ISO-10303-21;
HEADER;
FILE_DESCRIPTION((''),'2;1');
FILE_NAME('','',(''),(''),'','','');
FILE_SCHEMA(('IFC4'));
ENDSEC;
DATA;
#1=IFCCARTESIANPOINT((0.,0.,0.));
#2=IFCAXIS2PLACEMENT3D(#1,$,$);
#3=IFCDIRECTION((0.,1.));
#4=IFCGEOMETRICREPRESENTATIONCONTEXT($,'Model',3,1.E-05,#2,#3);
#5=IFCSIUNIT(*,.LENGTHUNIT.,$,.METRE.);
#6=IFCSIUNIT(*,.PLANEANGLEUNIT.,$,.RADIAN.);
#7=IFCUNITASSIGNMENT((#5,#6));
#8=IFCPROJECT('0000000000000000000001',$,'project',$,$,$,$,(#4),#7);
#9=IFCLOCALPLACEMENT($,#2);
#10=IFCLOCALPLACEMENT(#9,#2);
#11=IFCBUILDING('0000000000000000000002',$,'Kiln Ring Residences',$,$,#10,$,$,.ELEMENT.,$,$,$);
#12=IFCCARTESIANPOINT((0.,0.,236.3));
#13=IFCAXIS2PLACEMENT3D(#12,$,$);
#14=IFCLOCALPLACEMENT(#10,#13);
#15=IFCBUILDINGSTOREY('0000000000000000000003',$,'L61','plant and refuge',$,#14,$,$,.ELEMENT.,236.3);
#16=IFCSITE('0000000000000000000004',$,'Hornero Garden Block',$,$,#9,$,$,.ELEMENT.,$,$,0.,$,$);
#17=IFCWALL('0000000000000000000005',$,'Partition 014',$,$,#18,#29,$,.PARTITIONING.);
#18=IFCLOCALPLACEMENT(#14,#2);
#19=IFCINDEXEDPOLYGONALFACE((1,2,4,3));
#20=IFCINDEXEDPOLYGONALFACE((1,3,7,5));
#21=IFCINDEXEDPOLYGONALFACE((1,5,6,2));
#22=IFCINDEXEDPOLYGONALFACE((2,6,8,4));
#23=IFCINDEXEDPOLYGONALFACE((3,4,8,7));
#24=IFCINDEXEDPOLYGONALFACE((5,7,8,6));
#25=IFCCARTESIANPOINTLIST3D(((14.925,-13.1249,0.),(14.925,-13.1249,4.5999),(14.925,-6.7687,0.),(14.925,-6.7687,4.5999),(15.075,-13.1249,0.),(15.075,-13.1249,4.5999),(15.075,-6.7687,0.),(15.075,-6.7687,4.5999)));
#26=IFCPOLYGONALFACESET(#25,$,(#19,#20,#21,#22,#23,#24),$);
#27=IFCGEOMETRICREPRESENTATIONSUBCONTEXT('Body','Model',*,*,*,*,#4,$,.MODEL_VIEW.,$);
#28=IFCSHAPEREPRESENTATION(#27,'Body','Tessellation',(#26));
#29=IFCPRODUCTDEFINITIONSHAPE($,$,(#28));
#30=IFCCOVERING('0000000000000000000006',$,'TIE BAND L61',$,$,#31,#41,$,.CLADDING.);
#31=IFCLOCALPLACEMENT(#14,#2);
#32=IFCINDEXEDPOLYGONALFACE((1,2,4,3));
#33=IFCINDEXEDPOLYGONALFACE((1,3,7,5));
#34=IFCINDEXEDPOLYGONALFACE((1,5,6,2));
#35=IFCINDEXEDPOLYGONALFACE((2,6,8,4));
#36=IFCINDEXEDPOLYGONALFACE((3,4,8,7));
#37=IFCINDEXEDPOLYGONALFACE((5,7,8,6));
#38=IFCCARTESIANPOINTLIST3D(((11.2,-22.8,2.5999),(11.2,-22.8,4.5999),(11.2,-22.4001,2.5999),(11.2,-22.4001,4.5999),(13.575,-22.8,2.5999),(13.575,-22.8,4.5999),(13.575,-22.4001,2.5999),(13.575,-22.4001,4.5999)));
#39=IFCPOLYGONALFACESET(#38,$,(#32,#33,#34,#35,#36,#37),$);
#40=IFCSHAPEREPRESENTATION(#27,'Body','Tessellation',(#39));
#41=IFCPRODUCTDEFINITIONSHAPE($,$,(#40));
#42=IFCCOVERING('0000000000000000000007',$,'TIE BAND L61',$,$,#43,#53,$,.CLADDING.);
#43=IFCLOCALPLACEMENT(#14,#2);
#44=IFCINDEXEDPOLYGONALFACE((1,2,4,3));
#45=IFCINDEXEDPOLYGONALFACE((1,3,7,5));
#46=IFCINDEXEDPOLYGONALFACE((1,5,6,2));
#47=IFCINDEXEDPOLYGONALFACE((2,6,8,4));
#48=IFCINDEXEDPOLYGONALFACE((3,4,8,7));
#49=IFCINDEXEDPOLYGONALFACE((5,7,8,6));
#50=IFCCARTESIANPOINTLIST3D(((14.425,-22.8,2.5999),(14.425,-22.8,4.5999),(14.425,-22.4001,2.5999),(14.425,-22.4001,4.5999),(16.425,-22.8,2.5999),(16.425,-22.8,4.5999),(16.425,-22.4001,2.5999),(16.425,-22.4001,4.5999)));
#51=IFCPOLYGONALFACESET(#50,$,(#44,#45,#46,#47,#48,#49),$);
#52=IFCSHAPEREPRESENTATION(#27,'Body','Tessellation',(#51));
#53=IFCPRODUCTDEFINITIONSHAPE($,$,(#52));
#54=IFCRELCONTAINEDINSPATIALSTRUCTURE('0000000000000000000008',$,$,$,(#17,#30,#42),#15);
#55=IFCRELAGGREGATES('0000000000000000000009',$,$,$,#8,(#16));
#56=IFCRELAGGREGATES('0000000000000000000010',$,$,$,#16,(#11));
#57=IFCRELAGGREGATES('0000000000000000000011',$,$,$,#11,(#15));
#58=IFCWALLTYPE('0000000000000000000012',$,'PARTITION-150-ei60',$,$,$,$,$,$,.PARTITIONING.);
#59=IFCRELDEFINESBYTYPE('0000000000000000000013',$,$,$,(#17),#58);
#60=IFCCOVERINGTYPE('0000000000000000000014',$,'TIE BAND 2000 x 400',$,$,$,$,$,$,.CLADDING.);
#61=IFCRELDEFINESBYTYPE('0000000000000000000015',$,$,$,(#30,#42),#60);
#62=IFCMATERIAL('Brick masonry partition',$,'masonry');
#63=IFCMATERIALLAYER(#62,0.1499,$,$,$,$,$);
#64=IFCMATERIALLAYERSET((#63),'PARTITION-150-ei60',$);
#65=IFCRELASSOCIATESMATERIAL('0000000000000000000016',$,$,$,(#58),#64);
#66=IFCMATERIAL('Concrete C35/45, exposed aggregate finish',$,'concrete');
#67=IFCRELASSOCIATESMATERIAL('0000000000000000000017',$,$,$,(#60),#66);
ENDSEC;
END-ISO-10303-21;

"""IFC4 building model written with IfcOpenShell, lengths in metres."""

from ifc_helpers import new_model, si_unit, direction, frame, frame_2d, origin, origin_2d, place, context, subcontext, project, spatial, rectangle, extrude, material, layer, layer_set, type_object, element, save


model = new_model("IFC4")

# Units and contexts
model_context = context("Model", 3, precision=1e-05, world=origin(), true_north=direction((0.0, 1.0)))
body_context = subcontext(model_context, "Body", "Model", "MODEL_VIEW")
ifc_project = project(units=[si_unit("LENGTHUNIT", "METRE"), si_unit("PLANEANGLEUNIT", "RADIAN")], contexts=[model_context])

# Site, building, storey
site_placement = place(None, origin())
site = spatial("IfcSite", under=ifc_project, at=site_placement, Name="Hornero Garden Block", CompositionType="ELEMENT", RefElevation=0.0)
building_placement = place(site_placement, origin())
building = spatial("IfcBuilding", under=site, at=building_placement, Name="Kiln Ring Residences", CompositionType="ELEMENT")
storey_placement = place(building_placement, frame((0.0, 0.0, 236.3)))
storey = spatial("IfcBuildingStorey", under=building, at=storey_placement, Name="L61", Description="plant and refuge", CompositionType="ELEMENT", Elevation=236.3)

# Shared definitions
ifc_material_1 = material(Name="Brick masonry partition", Category="masonry")
ifc_layer_1 = layer(ifc_material_1, 0.1499)
ifc_layer_set_1 = layer_set([ifc_layer_1], Name="PARTITION-150-ei60")
wall_type_1 = type_object("IfcWallType", Name="PARTITION-150-ei60", PredefinedType="PARTITIONING", material=ifc_layer_set_1)

# Wall
wall_1_placement = place(storey_placement, frame((15.0, -13.125, 0.0), z_axis=(0.0, 0.0, 1.0), x_axis=(0.0, 1.0, 0.0)))
element("IfcWall", 1, at=wall_1_placement, inside=storey, type_object=wall_type_1, Name="Partition 014", PredefinedType="PARTITIONING", context=body_context, shape_type="SweptSolid", body=[
    extrude(rectangle(XDim=6.3562, YDim=0.1499, at=frame_2d((3.1782, 0.0))), origin(), (0.0, 0.0, 1.0), 4.5999),
])

# Coverings
ifc_material_2 = material(Name="Concrete C35/45, exposed aggregate finish", Category="concrete")
covering_type = type_object("IfcCoveringType", Name="TIE BAND 2000 x 400", PredefinedType="CLADDING", material=ifc_material_2)
covering_1_placement = place(storey_placement, frame((12.3875, -22.6001, 2.5999), z_axis=(0.0, 0.0, 1.0), x_axis=(1.0, 0.0, 0.0)))
element("IfcCovering", 2, at=covering_1_placement, inside=storey, type_object=covering_type, Name="TIE BAND L61", PredefinedType="CLADDING", context=body_context, shape_type="SweptSolid", body=[
    extrude(rectangle(XDim=2.375, YDim=0.3999, at=origin_2d()), origin(), (0.0, 0.0, 1.0), 2.0),
])
covering_2_placement = place(storey_placement, frame((15.425, -22.6001, 2.5999), z_axis=(0.0, 0.0, 1.0), x_axis=(1.0, 0.0, 0.0)))
element("IfcCovering", 3, at=covering_2_placement, inside=storey, type_object=covering_type, Name="TIE BAND L61", PredefinedType="CLADDING", context=body_context, shape_type="SweptSolid", body=[
    extrude(rectangle(XDim=2.0, YDim=0.3999, at=origin_2d()), origin(), (0.0, 0.0, 1.0), 2.0),
])

save(model, "model.ifc")
